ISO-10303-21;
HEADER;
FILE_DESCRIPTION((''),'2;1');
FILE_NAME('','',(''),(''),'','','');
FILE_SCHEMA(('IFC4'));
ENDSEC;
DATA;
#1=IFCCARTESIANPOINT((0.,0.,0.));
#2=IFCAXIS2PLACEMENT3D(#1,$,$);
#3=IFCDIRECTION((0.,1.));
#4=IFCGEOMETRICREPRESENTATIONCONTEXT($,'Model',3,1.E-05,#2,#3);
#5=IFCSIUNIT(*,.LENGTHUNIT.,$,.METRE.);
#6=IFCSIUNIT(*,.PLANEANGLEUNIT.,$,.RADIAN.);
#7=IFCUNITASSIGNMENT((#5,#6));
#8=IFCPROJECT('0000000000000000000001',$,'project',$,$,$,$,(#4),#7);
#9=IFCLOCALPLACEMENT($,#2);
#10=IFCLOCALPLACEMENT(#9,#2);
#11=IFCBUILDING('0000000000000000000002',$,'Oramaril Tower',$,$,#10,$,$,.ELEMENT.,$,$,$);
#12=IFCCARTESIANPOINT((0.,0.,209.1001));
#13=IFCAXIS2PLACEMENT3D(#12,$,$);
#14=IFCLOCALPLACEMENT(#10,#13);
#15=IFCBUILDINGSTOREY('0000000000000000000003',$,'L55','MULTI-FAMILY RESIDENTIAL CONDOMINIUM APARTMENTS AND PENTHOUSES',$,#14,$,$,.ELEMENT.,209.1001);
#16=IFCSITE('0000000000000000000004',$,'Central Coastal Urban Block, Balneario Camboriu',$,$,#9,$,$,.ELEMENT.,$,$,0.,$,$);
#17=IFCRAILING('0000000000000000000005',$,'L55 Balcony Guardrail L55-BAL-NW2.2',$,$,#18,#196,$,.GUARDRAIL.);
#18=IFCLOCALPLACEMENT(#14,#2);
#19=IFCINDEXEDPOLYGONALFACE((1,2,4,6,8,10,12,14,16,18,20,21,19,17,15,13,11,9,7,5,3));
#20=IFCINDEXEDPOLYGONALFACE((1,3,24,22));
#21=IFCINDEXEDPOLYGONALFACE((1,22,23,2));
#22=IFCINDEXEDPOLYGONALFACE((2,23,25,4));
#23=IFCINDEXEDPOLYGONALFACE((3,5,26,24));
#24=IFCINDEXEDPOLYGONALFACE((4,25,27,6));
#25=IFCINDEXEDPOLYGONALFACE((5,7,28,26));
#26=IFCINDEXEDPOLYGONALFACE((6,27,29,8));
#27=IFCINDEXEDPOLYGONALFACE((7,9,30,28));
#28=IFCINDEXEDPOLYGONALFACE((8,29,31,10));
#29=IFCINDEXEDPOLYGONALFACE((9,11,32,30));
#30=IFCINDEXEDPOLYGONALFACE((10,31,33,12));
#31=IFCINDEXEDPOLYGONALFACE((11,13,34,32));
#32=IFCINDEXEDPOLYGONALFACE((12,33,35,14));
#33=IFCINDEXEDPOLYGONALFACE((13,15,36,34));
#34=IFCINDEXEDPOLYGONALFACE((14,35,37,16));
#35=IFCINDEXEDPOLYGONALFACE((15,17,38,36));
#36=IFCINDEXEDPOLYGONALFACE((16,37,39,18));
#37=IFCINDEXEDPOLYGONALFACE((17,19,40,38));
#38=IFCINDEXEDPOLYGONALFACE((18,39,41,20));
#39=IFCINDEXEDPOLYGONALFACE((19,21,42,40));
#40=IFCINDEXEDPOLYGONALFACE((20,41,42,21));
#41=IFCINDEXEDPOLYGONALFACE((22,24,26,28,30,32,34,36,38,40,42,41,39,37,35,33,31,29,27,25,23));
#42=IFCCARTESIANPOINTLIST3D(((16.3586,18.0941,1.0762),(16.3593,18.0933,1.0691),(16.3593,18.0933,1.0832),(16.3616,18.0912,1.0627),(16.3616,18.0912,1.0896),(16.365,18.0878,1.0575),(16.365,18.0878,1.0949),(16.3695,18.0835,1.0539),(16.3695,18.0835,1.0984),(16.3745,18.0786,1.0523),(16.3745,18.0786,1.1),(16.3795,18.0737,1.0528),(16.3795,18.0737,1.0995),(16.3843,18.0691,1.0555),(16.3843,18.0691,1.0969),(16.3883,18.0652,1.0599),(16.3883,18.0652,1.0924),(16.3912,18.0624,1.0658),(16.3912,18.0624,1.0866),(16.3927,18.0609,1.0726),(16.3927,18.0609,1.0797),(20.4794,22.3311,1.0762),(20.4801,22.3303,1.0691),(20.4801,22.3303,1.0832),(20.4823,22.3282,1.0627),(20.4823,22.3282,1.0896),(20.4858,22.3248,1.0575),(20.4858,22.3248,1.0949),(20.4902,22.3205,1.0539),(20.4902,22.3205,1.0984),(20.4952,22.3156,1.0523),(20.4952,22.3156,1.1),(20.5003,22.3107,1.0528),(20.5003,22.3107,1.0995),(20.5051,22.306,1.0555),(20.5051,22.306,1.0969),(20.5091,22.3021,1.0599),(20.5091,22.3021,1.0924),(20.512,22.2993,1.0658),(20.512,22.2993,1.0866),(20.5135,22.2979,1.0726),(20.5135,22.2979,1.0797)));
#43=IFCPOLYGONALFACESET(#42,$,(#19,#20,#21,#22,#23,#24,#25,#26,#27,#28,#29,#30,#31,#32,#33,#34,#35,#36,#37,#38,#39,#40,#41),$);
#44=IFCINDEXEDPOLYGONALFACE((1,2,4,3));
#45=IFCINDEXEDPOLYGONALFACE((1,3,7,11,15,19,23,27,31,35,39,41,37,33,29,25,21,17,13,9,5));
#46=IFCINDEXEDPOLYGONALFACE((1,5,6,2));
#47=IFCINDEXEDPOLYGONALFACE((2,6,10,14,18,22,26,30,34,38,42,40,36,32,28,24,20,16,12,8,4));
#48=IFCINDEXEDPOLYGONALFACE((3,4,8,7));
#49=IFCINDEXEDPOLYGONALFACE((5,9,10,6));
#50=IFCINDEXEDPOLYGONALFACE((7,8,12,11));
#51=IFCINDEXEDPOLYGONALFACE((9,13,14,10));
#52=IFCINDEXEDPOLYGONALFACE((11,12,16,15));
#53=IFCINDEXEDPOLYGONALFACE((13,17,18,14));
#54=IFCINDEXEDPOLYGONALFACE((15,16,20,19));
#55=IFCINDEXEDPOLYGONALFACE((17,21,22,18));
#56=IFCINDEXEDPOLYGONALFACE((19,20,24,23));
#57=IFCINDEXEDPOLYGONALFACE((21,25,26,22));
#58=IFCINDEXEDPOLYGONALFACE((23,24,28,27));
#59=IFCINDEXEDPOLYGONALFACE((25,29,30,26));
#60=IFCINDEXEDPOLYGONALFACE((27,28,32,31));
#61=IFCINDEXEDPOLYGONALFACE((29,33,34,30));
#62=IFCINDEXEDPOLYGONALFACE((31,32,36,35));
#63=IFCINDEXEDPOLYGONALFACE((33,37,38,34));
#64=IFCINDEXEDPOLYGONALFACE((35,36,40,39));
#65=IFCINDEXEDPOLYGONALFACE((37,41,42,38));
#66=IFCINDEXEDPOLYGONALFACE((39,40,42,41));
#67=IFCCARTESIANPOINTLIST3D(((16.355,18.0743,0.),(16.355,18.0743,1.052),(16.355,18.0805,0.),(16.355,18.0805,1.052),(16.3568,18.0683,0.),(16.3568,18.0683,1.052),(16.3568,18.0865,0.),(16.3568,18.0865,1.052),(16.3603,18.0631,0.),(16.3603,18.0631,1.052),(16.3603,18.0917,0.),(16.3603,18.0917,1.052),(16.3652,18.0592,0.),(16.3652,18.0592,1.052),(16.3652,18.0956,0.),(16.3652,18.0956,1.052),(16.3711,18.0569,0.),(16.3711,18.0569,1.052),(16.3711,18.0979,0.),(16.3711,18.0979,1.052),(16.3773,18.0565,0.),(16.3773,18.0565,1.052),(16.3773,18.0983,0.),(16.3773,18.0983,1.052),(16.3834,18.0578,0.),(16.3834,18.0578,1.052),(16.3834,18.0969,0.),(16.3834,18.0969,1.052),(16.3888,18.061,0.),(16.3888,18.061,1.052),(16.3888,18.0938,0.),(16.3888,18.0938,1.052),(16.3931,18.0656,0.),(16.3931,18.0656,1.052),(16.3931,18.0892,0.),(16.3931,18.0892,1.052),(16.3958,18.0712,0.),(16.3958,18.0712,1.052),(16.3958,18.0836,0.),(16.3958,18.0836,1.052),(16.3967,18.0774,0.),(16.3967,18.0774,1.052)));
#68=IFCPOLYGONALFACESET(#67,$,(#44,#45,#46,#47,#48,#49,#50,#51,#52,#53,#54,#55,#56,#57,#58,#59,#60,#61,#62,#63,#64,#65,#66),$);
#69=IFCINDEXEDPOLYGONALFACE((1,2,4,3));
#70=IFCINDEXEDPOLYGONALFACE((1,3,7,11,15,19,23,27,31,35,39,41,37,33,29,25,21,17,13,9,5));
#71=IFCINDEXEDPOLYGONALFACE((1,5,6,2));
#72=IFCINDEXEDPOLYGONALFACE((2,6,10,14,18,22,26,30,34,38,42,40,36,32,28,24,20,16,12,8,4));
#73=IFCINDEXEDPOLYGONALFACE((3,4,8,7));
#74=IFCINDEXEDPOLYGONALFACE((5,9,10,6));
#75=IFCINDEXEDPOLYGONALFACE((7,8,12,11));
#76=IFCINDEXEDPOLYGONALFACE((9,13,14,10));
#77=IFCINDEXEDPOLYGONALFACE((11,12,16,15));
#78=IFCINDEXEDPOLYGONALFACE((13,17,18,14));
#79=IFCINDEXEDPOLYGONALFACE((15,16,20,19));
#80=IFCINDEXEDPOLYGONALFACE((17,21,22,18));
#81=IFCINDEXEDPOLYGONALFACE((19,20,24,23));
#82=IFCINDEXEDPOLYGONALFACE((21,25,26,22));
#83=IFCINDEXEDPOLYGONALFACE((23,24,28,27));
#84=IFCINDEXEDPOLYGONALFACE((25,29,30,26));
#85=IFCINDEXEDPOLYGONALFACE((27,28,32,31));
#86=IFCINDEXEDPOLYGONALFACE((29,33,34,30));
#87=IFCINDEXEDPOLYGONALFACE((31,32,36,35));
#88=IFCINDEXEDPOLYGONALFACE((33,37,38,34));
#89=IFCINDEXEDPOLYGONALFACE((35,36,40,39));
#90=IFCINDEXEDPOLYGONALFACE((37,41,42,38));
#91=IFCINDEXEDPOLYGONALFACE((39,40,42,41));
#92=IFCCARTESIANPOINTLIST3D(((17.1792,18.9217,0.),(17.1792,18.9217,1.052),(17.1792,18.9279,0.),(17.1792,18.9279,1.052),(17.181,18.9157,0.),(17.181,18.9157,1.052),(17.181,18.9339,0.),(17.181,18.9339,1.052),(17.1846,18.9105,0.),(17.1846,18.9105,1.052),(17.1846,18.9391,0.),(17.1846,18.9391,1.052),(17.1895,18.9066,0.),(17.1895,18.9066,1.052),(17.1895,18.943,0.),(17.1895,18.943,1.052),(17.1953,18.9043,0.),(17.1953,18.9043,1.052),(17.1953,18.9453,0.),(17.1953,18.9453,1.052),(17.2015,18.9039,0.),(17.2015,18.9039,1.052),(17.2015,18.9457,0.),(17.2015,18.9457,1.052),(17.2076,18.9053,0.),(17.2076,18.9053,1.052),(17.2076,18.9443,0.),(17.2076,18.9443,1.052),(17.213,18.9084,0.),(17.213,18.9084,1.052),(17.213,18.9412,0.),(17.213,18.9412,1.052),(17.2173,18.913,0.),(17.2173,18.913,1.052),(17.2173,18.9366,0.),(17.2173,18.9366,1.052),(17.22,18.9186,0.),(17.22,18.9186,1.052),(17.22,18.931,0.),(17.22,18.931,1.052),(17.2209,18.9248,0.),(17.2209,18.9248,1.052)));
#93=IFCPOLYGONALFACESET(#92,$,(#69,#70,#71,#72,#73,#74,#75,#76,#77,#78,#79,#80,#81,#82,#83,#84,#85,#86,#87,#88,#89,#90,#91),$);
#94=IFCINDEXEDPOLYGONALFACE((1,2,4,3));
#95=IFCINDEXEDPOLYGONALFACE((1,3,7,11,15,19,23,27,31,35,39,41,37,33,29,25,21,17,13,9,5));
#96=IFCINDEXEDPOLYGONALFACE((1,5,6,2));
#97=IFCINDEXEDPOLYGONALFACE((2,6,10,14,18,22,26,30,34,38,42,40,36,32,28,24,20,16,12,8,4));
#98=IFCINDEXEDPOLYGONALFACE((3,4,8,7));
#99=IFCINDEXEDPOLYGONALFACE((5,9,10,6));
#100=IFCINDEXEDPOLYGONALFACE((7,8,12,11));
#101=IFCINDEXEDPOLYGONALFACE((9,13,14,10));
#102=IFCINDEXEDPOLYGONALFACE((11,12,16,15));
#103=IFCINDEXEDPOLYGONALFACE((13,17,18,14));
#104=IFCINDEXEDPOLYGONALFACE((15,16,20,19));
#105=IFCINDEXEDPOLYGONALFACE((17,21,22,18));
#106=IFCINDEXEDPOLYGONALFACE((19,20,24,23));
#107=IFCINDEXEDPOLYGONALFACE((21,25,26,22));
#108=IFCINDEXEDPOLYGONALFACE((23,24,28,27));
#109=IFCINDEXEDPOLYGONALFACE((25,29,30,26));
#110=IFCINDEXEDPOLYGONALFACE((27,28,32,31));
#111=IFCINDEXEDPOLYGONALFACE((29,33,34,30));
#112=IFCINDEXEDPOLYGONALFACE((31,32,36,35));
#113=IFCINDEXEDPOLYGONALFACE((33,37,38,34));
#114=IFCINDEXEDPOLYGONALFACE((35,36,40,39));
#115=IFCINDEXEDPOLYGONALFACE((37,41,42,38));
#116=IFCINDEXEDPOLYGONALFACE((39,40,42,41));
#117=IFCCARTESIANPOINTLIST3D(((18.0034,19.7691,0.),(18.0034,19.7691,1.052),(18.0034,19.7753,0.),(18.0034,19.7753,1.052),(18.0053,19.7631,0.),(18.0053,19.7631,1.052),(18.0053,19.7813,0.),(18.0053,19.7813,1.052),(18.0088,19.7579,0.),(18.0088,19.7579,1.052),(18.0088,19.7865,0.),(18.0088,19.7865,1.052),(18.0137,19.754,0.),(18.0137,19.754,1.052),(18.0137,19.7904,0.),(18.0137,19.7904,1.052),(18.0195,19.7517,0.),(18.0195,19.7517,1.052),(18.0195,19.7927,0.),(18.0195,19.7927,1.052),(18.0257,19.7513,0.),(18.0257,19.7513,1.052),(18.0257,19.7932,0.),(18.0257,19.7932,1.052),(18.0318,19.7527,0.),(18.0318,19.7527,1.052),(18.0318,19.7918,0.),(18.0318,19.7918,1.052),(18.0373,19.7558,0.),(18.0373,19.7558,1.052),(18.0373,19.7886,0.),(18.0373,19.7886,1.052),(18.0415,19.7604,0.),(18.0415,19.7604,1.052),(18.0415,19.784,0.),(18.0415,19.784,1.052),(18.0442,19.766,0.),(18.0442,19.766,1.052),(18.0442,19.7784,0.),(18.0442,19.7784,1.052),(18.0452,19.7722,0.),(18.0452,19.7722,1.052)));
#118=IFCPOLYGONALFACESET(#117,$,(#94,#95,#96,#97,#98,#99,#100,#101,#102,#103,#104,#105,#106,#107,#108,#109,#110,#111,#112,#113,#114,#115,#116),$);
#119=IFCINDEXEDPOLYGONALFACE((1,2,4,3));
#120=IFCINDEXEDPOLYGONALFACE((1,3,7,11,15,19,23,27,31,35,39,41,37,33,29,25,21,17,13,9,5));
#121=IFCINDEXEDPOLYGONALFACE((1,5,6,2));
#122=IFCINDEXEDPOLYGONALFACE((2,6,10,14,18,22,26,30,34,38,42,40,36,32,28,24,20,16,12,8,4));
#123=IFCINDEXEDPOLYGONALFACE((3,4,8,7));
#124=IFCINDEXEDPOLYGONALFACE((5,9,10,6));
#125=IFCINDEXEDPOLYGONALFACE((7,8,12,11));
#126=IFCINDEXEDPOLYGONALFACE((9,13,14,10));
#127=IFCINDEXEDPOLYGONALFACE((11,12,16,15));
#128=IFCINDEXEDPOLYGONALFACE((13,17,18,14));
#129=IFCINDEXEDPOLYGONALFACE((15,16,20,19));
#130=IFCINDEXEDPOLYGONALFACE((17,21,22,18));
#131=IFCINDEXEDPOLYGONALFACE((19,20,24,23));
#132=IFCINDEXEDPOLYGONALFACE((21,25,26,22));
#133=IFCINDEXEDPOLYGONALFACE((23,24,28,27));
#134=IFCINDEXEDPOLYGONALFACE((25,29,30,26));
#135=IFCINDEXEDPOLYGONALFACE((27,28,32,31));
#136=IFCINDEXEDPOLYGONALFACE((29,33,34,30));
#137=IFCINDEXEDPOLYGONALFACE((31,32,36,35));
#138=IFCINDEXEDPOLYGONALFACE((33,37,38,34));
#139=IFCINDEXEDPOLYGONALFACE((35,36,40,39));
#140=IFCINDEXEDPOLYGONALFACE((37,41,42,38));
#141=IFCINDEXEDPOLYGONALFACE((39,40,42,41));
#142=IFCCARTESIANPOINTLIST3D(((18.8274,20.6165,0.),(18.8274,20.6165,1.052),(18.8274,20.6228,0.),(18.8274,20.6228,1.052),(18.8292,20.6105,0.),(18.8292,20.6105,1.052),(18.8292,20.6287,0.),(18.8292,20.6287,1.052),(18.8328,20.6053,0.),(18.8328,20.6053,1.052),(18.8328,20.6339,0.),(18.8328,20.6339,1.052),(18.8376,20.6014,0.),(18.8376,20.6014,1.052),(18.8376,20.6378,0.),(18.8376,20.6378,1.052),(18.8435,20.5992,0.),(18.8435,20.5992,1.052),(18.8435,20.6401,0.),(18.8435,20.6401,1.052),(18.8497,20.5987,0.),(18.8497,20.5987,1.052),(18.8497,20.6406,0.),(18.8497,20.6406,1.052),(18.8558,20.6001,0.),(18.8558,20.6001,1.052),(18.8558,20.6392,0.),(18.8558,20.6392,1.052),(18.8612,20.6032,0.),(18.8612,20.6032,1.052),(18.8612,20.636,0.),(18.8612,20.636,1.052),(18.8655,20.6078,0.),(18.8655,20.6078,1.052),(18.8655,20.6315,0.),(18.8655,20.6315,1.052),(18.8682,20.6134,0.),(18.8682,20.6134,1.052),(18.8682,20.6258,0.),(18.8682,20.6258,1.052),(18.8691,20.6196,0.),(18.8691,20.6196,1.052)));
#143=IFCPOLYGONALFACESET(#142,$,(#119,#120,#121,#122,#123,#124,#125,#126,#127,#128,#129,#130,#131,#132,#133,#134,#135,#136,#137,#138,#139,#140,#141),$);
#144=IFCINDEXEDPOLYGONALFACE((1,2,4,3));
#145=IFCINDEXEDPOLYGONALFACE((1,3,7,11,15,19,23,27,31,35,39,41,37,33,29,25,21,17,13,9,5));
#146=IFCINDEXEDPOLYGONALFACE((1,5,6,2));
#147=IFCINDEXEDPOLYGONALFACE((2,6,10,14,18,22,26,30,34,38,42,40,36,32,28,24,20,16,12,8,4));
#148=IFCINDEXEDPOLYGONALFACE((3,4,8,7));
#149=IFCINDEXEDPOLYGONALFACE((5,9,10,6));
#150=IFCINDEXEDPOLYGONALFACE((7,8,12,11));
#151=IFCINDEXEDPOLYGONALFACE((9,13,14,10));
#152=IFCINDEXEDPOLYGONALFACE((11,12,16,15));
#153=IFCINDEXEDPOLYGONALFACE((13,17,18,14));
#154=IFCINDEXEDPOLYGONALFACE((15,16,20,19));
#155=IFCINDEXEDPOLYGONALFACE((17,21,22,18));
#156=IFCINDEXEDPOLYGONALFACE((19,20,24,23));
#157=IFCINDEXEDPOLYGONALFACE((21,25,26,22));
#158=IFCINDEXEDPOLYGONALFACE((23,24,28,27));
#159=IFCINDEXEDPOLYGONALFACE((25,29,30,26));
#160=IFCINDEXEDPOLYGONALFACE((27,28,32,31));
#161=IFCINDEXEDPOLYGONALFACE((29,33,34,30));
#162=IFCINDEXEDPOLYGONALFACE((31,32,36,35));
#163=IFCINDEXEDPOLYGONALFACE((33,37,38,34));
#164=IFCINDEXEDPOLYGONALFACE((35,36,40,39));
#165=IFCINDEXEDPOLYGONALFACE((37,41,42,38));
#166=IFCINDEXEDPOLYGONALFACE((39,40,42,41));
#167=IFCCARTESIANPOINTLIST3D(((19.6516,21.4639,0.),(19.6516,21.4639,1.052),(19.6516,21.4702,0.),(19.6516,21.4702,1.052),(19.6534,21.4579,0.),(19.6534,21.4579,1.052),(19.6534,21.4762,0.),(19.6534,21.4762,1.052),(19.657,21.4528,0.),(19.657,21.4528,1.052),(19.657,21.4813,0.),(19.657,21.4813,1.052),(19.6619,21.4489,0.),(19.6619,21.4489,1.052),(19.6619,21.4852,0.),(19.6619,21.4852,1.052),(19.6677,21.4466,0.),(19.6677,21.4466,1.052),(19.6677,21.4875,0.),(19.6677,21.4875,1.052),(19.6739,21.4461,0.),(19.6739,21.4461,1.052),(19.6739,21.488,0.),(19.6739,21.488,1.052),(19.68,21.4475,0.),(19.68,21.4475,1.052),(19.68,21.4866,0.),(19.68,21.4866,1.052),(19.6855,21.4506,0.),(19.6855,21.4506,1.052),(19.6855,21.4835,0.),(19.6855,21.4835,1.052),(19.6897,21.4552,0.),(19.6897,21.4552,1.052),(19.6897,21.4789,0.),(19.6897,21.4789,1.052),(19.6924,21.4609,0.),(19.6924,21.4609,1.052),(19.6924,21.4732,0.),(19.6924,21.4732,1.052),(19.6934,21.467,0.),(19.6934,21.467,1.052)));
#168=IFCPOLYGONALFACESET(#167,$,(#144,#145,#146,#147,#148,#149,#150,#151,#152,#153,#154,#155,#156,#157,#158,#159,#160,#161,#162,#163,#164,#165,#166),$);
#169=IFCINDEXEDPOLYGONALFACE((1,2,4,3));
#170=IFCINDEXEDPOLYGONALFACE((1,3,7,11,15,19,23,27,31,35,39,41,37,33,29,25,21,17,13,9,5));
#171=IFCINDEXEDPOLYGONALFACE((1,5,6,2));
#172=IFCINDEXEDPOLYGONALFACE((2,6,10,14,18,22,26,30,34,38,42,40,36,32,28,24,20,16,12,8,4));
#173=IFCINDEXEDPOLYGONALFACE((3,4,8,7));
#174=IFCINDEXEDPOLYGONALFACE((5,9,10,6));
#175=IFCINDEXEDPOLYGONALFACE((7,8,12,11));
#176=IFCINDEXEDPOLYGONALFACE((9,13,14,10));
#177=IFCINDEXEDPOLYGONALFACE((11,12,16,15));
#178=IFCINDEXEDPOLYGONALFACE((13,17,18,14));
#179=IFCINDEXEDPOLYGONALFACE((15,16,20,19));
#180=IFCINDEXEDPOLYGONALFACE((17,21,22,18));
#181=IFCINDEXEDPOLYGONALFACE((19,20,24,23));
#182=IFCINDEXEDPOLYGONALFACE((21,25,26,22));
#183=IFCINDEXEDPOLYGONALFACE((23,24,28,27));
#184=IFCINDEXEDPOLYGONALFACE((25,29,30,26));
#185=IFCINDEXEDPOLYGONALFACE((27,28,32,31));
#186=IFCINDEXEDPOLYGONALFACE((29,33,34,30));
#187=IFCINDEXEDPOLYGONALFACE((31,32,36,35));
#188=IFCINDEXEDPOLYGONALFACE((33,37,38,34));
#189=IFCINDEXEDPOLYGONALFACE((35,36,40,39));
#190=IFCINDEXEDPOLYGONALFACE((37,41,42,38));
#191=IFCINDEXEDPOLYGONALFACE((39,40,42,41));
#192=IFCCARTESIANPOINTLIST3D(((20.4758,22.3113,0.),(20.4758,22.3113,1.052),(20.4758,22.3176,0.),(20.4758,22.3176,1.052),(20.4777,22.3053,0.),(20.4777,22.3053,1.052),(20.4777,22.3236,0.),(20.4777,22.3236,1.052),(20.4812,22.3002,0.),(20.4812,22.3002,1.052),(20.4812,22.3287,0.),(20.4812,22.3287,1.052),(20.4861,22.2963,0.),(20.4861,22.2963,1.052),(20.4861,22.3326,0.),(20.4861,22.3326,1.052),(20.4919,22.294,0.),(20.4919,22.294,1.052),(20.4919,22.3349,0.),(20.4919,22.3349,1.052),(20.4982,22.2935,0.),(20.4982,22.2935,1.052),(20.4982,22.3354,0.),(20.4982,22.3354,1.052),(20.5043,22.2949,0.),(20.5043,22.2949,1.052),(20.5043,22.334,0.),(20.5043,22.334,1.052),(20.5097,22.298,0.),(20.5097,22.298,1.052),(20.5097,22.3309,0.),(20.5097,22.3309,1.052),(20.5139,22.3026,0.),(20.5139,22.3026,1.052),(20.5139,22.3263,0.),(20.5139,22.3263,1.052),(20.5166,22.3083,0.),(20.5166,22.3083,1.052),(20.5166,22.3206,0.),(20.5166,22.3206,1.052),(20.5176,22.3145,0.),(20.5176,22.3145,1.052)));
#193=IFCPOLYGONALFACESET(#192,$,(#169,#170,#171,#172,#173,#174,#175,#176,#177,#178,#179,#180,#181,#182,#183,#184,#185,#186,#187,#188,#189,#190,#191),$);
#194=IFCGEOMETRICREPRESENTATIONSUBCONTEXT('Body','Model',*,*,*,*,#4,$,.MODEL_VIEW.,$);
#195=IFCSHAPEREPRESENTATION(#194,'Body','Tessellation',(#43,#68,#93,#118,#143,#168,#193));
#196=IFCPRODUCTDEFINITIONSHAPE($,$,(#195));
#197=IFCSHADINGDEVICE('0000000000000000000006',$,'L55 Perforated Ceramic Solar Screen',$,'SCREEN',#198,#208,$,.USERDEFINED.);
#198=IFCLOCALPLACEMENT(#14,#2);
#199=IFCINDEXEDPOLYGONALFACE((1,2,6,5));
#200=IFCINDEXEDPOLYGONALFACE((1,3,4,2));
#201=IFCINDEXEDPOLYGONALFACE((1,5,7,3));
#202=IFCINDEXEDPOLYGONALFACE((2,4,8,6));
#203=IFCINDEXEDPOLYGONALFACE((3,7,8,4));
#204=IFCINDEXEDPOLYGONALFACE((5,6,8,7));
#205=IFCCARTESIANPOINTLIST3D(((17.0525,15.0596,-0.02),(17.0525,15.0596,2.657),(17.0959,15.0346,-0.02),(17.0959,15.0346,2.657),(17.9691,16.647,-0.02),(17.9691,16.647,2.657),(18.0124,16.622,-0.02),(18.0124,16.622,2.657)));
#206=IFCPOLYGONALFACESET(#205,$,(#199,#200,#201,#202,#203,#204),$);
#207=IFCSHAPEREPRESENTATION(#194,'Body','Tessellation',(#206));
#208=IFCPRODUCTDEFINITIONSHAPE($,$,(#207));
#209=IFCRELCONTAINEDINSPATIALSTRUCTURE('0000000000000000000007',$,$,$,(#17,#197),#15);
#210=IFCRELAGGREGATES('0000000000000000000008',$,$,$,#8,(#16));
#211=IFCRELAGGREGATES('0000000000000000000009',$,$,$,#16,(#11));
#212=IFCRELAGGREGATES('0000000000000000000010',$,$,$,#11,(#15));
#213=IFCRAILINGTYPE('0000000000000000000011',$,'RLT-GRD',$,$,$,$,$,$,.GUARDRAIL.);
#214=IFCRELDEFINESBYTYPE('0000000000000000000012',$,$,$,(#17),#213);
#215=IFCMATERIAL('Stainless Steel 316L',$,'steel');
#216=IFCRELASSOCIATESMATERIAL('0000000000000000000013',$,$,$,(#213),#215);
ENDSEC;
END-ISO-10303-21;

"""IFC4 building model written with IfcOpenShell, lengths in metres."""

from ifc_helpers import new_model, si_unit, direction, frame, origin, origin_2d, place, context, subcontext, project, spatial, rectangle, circle, extrude, material, type_object, element, save


model = new_model("IFC4")

# Units and contexts
model_context = context("Model", 3, precision=1e-05, world=origin(), true_north=direction((0.0, 1.0)))
body_context = subcontext(model_context, "Body", "Model", "MODEL_VIEW")
ifc_project = project(units=[si_unit("LENGTHUNIT", "METRE"), si_unit("PLANEANGLEUNIT", "RADIAN")], contexts=[model_context])

# Site, building, storey
site_placement = place(None, origin())
site = spatial("IfcSite", under=ifc_project, at=site_placement, Name="Central Coastal Urban Block, Balneario Camboriu", CompositionType="ELEMENT", RefElevation=0.0)
building_placement = place(site_placement, origin())
building = spatial("IfcBuilding", under=site, at=building_placement, Name="Oramaril Tower", CompositionType="ELEMENT")
storey_placement = place(building_placement, frame((0.0, 0.0, 209.1001)))
storey = spatial("IfcBuildingStorey", under=building, at=storey_placement, Name="L55", Description="MULTI-FAMILY RESIDENTIAL CONDOMINIUM APARTMENTS AND PENTHOUSES", CompositionType="ELEMENT", Elevation=209.1001)

# Railing
ifc_material_1 = material(Name="Stainless Steel 316L", Category="steel")
railing_type = type_object("IfcRailingType", Name="RLT-GRD", PredefinedType="GUARDRAIL", material=ifc_material_1)
railing_1_placement = place(storey_placement, frame((16.3757, 18.0774, 0.0)))
element("IfcRailing", 1, at=railing_1_placement, inside=storey, type_object=railing_type, Name="L55 Balcony Guardrail L55-BAL-NW2.2", PredefinedType="GUARDRAIL", context=body_context, shape_type="SweptSolid", body=[
    extrude(circle(Radius=0.0239, at=origin_2d()), frame((0.0, 0.0, 1.0762), z_axis=(0.697208, 0.716869, 0.0), x_axis=(-0.716869, 0.697208, 0.0)), (0.0, 0.0, 1.0), 5.9104),
    extrude(circle(Radius=0.021, at=origin_2d()), origin(), (0.0, 0.0, 1.0), 1.052),
    extrude(circle(Radius=0.021, at=origin_2d()), frame((0.8242, 0.8474, 0.0)), (0.0, 0.0, 1.0), 1.052),
    extrude(circle(Radius=0.021, at=origin_2d()), frame((1.6484, 1.6948, 0.0)), (0.0, 0.0, 1.0), 1.052),
    extrude(circle(Radius=0.021, at=origin_2d()), frame((2.4724, 2.5422, 0.0)), (0.0, 0.0, 1.0), 1.052),
    extrude(circle(Radius=0.021, at=origin_2d()), frame((3.2966, 3.3896, 0.0)), (0.0, 0.0, 1.0), 1.052),
    extrude(circle(Radius=0.021, at=origin_2d()), frame((4.1208, 4.2371, 0.0)), (0.0, 0.0, 1.0), 1.052),
])

# Shading device
shading_device_placement = place(storey_placement, frame((17.5325, 15.8408, -0.02), z_axis=(0.0, 0.0, 1.0), x_axis=(-0.500002, -0.866025, 0.0)))
element("IfcShadingDevice", 2, at=shading_device_placement, inside=storey, Name="L55 Perforated Ceramic Solar Screen", ObjectType="SCREEN", PredefinedType="USERDEFINED", context=body_context, shape_type="SweptSolid", body=[
    extrude(rectangle(XDim=1.833, YDim=0.05, at=origin_2d()), origin(), (0.0, 0.0, 1.0), 2.677),
])

save(model, "model.ifc")
